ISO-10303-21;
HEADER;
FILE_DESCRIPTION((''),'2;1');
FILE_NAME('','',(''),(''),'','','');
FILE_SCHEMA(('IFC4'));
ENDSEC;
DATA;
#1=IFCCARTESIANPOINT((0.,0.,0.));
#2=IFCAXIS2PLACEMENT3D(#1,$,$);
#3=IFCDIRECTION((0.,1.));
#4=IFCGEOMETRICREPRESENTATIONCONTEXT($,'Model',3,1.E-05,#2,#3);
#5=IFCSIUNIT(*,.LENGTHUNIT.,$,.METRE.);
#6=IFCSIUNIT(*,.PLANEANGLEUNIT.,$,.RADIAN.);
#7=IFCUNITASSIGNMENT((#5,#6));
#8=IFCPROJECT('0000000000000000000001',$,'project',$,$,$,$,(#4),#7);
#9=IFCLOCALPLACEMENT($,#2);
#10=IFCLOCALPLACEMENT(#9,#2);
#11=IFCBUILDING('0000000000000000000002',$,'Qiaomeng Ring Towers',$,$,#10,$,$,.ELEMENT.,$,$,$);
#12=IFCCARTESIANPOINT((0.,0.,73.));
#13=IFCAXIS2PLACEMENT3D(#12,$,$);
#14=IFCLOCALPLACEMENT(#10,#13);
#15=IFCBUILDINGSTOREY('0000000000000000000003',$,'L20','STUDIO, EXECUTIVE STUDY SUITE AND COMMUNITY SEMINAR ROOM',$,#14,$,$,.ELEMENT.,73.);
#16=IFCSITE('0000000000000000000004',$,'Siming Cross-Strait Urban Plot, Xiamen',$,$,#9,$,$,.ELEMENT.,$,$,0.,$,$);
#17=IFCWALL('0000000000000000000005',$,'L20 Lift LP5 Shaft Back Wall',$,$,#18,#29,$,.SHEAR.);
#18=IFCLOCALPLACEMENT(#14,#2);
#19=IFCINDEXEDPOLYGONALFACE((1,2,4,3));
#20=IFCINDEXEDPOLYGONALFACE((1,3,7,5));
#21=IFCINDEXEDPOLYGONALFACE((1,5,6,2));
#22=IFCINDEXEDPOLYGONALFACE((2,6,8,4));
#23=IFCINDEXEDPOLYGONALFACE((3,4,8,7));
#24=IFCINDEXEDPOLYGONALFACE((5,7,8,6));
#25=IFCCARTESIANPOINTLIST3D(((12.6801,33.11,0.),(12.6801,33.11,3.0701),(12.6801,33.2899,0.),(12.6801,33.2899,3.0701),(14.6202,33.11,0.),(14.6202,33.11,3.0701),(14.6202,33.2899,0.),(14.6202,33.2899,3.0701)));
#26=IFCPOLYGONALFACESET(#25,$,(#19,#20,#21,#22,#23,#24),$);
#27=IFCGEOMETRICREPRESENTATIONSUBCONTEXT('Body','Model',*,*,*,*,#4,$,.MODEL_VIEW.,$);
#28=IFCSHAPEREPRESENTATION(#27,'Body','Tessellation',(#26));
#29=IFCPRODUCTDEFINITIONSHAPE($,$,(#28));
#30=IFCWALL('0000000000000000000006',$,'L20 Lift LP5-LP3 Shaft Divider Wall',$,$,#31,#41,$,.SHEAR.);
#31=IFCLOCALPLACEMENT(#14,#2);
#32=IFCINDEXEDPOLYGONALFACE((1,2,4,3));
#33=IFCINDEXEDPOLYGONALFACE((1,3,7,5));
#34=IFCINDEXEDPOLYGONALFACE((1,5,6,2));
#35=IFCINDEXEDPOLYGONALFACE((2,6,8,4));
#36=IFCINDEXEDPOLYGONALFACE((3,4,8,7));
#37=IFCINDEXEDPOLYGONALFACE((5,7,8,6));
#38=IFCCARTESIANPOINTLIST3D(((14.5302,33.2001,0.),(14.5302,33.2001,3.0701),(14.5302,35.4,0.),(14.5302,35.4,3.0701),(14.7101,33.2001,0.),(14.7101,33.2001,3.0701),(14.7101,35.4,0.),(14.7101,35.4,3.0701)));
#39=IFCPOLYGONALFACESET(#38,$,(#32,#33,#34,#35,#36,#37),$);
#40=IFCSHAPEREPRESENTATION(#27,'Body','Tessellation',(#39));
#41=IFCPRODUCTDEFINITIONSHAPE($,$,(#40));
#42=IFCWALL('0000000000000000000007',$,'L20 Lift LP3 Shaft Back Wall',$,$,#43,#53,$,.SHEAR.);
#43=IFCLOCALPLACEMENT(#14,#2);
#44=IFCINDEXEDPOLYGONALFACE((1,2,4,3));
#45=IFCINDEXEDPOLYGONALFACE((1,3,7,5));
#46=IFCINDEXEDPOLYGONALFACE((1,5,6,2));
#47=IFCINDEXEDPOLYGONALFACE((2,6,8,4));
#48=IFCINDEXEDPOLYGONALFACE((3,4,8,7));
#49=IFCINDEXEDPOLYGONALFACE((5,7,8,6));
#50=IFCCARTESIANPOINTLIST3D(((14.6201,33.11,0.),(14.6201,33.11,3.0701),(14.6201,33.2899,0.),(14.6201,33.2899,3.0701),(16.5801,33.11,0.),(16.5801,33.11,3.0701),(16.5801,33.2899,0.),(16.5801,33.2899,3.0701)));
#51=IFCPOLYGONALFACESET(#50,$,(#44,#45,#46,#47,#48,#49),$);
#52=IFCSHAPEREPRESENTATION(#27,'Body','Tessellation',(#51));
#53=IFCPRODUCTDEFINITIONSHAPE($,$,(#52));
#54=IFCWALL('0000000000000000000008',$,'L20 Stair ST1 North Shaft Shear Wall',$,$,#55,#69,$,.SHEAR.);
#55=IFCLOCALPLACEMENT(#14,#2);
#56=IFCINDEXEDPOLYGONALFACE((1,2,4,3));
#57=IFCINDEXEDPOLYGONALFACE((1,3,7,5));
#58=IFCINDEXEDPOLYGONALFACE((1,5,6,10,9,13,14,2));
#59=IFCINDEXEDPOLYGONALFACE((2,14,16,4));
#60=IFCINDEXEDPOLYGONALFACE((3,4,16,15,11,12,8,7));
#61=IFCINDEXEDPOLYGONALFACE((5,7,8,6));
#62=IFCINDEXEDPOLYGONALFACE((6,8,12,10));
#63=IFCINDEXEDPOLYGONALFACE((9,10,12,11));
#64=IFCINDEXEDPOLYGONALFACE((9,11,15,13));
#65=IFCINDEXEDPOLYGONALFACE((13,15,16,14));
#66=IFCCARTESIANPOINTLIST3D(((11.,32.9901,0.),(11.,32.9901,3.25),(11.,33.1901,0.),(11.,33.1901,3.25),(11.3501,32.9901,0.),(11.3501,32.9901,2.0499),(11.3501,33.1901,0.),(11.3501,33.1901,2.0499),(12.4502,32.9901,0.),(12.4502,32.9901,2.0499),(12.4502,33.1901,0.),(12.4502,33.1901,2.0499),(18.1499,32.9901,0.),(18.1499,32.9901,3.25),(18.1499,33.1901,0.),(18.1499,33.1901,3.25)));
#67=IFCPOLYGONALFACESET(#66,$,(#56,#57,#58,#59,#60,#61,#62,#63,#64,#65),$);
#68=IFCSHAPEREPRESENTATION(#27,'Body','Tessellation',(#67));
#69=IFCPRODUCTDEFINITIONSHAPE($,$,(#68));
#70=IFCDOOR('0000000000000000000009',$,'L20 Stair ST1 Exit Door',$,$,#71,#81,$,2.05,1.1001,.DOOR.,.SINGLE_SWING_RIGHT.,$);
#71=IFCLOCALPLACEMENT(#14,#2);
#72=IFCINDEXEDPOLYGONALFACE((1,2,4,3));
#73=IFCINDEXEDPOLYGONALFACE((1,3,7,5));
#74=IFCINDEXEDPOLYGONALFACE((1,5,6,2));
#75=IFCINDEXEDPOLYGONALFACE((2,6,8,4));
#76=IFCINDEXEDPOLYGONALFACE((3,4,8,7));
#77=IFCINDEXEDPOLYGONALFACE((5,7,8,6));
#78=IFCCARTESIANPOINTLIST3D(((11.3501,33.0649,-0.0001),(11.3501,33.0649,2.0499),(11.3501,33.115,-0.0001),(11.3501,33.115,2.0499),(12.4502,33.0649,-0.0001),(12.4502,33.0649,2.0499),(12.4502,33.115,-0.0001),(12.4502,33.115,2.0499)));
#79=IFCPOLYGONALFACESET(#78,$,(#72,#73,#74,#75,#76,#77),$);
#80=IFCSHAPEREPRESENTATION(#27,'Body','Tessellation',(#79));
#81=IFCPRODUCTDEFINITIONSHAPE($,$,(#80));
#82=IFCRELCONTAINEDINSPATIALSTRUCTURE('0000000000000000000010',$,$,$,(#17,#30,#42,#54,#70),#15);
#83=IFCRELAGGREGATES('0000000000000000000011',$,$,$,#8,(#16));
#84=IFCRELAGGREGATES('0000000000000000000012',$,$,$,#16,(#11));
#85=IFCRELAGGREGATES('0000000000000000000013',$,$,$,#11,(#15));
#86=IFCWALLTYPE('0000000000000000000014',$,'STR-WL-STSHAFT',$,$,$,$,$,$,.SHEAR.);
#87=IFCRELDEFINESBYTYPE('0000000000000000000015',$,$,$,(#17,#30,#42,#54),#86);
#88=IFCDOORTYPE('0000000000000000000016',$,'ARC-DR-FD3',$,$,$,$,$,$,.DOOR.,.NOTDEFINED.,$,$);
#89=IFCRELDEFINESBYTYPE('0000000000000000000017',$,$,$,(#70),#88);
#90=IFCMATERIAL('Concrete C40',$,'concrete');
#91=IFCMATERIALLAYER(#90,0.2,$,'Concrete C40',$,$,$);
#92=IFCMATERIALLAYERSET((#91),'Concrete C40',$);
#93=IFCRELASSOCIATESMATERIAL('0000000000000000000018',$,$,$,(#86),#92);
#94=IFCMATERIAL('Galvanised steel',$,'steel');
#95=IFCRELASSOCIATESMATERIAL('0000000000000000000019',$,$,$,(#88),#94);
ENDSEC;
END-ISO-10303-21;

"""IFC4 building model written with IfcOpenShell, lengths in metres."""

from ifc_helpers import new_model, si_unit, direction, frame, frame_2d, origin, place, context, subcontext, project, spatial, rectangle, extrude, source, transform, mapped, material, layer, layer_set, type_object, element, fill, save


model = new_model("IFC4")

# Units and contexts
model_context = context("Model", 3, precision=1e-05, world=origin(), true_north=direction((0.0, 1.0)))
body_context = subcontext(model_context, "Body", "Model", "MODEL_VIEW")
ifc_project = project(units=[si_unit("LENGTHUNIT", "METRE"), si_unit("PLANEANGLEUNIT", "RADIAN")], contexts=[model_context])

# Site, building, storey
site_placement = place(None, origin())
site = spatial("IfcSite", under=ifc_project, at=site_placement, Name="Siming Cross-Strait Urban Plot, Xiamen", CompositionType="ELEMENT", RefElevation=0.0)
building_placement = place(site_placement, origin())
building = spatial("IfcBuilding", under=site, at=building_placement, Name="Qiaomeng Ring Towers", CompositionType="ELEMENT")
storey_placement = place(building_placement, frame((0.0, 0.0, 73.0)))
storey = spatial("IfcBuildingStorey", under=building, at=storey_placement, Name="L20", Description="STUDIO, EXECUTIVE STUDY SUITE AND COMMUNITY SEMINAR ROOM", CompositionType="ELEMENT", Elevation=73.0)

# Walls
ifc_material_1 = material(Name="Concrete C40", Category="concrete")
ifc_layer_1 = layer(ifc_material_1, 0.2, Name="Concrete C40")
ifc_layer_set_1 = layer_set([ifc_layer_1], Name="Concrete C40")
wall_type_1 = type_object("IfcWallType", Name="STR-WL-STSHAFT", PredefinedType="SHEAR", material=ifc_layer_set_1)
wall_1_placement = place(storey_placement, frame((12.6799, 33.2, 0.0), z_axis=(0.0, 0.0, 1.0), x_axis=(1.0, 0.0, 0.0)))
element("IfcWall", 1, at=wall_1_placement, inside=storey, type_object=wall_type_1, Name="L20 Lift LP5 Shaft Back Wall", PredefinedType="SHEAR", context=body_context, shape_type="SweptSolid", body=[
    extrude(rectangle(XDim=1.9402, YDim=0.1799, at=frame_2d((0.9702, 0.0))), origin(), (0.0, 0.0, 1.0), 3.0701),
])
wall_2_placement = place(storey_placement, frame((14.6201, 33.2, 0.0), z_axis=(0.0, 0.0, 1.0), x_axis=(0.0, 1.0, 0.0)))
element("IfcWall", 2, at=wall_2_placement, inside=storey, type_object=wall_type_1, Name="L20 Lift LP5-LP3 Shaft Divider Wall", PredefinedType="SHEAR", context=body_context, shape_type="SweptSolid", body=[
    extrude(rectangle(XDim=2.2, YDim=0.1799, at=frame_2d((1.1001, 0.0))), origin(), (0.0, 0.0, 1.0), 3.0701),
])
wall_3_placement = place(storey_placement, frame((14.6201, 33.2, 0.0), z_axis=(0.0, 0.0, 1.0), x_axis=(1.0, 0.0, 0.0)))
element("IfcWall", 3, at=wall_3_placement, inside=storey, type_object=wall_type_1, Name="L20 Lift LP3 Shaft Back Wall", PredefinedType="SHEAR", context=body_context, shape_type="SweptSolid", body=[
    extrude(rectangle(XDim=1.96, YDim=0.1799, at=frame_2d((0.98, 0.0))), origin(), (0.0, 0.0, 1.0), 3.0701),
])

# Wall, opening, door
wall_4_placement = place(storey_placement, frame((11.0, 33.0901, 0.0), z_axis=(0.0, 0.0, 1.0), x_axis=(1.0, 0.0, 0.0)))
wall_4 = element("IfcWall", 4, at=wall_4_placement, inside=storey, type_object=wall_type_1, Name="L20 Stair ST1 North Shaft Shear Wall", PredefinedType="SHEAR", context=body_context, shape_type="SweptSolid", body=[
    extrude(rectangle(XDim=7.1499, YDim=0.2, at=frame_2d((3.575, 0.0))), origin(), (0.0, 0.0, 1.0), 3.25),
])
opening_1_placement = place(wall_4_placement, frame((0.3501, 0.0, 0.0)))
opening_1 = element("IfcOpeningElement", 5, at=opening_1_placement, cuts=wall_4, PredefinedType="OPENING", context=body_context, shape_type="SweptSolid", body=[
    extrude(rectangle(XDim=1.1001, YDim=2.05, at=frame_2d((0.55, 1.0249))), frame((0.0, 0.1099, 0.0), z_axis=(0.0, -1.0, 0.0), x_axis=(1.0, 0.0, 0.0)), (0.0, 0.0, 1.0), 0.22),
])
ifc_material_2 = material(Name="Galvanised steel", Category="steel")
door_type_1 = type_object("IfcDoorType", Name="ARC-DR-FD3", OperationType="NOTDEFINED", PredefinedType="DOOR", material=ifc_material_2)
shared_shape_1 = source(origin(), body_context, "Body", "SweptSolid", [
    extrude(rectangle(XDim=1.1001, YDim=2.05, at=frame_2d((0.55, 1.0249))), frame((0.0, 0.0249, 0.0), z_axis=(0.0, -1.0, 0.0), x_axis=(1.0, 0.0, 0.0)), (0.0, 0.0, 1.0), 0.05),
])
door_1_placement = place(opening_1_placement, origin())
door_1 = element("IfcDoor", 6, at=door_1_placement, inside=storey, type_object=door_type_1, Name="L20 Stair ST1 Exit Door", OperationType="SINGLE_SWING_RIGHT", OverallHeight=2.05, OverallWidth=1.1001, PredefinedType="DOOR", context=body_context, shape_type="MappedRepresentation", body=[
    mapped(shared_shape_1, transform((0.0, 0.0, 0.0), x_axis=(1.0, 0.0, 0.0), y_axis=(0.0, 1.0, 0.0), z_axis=(0.0, 0.0, 1.0), scale=1.0)),
])
fill(opening_1, door_1)

save(model, "model.ifc")
